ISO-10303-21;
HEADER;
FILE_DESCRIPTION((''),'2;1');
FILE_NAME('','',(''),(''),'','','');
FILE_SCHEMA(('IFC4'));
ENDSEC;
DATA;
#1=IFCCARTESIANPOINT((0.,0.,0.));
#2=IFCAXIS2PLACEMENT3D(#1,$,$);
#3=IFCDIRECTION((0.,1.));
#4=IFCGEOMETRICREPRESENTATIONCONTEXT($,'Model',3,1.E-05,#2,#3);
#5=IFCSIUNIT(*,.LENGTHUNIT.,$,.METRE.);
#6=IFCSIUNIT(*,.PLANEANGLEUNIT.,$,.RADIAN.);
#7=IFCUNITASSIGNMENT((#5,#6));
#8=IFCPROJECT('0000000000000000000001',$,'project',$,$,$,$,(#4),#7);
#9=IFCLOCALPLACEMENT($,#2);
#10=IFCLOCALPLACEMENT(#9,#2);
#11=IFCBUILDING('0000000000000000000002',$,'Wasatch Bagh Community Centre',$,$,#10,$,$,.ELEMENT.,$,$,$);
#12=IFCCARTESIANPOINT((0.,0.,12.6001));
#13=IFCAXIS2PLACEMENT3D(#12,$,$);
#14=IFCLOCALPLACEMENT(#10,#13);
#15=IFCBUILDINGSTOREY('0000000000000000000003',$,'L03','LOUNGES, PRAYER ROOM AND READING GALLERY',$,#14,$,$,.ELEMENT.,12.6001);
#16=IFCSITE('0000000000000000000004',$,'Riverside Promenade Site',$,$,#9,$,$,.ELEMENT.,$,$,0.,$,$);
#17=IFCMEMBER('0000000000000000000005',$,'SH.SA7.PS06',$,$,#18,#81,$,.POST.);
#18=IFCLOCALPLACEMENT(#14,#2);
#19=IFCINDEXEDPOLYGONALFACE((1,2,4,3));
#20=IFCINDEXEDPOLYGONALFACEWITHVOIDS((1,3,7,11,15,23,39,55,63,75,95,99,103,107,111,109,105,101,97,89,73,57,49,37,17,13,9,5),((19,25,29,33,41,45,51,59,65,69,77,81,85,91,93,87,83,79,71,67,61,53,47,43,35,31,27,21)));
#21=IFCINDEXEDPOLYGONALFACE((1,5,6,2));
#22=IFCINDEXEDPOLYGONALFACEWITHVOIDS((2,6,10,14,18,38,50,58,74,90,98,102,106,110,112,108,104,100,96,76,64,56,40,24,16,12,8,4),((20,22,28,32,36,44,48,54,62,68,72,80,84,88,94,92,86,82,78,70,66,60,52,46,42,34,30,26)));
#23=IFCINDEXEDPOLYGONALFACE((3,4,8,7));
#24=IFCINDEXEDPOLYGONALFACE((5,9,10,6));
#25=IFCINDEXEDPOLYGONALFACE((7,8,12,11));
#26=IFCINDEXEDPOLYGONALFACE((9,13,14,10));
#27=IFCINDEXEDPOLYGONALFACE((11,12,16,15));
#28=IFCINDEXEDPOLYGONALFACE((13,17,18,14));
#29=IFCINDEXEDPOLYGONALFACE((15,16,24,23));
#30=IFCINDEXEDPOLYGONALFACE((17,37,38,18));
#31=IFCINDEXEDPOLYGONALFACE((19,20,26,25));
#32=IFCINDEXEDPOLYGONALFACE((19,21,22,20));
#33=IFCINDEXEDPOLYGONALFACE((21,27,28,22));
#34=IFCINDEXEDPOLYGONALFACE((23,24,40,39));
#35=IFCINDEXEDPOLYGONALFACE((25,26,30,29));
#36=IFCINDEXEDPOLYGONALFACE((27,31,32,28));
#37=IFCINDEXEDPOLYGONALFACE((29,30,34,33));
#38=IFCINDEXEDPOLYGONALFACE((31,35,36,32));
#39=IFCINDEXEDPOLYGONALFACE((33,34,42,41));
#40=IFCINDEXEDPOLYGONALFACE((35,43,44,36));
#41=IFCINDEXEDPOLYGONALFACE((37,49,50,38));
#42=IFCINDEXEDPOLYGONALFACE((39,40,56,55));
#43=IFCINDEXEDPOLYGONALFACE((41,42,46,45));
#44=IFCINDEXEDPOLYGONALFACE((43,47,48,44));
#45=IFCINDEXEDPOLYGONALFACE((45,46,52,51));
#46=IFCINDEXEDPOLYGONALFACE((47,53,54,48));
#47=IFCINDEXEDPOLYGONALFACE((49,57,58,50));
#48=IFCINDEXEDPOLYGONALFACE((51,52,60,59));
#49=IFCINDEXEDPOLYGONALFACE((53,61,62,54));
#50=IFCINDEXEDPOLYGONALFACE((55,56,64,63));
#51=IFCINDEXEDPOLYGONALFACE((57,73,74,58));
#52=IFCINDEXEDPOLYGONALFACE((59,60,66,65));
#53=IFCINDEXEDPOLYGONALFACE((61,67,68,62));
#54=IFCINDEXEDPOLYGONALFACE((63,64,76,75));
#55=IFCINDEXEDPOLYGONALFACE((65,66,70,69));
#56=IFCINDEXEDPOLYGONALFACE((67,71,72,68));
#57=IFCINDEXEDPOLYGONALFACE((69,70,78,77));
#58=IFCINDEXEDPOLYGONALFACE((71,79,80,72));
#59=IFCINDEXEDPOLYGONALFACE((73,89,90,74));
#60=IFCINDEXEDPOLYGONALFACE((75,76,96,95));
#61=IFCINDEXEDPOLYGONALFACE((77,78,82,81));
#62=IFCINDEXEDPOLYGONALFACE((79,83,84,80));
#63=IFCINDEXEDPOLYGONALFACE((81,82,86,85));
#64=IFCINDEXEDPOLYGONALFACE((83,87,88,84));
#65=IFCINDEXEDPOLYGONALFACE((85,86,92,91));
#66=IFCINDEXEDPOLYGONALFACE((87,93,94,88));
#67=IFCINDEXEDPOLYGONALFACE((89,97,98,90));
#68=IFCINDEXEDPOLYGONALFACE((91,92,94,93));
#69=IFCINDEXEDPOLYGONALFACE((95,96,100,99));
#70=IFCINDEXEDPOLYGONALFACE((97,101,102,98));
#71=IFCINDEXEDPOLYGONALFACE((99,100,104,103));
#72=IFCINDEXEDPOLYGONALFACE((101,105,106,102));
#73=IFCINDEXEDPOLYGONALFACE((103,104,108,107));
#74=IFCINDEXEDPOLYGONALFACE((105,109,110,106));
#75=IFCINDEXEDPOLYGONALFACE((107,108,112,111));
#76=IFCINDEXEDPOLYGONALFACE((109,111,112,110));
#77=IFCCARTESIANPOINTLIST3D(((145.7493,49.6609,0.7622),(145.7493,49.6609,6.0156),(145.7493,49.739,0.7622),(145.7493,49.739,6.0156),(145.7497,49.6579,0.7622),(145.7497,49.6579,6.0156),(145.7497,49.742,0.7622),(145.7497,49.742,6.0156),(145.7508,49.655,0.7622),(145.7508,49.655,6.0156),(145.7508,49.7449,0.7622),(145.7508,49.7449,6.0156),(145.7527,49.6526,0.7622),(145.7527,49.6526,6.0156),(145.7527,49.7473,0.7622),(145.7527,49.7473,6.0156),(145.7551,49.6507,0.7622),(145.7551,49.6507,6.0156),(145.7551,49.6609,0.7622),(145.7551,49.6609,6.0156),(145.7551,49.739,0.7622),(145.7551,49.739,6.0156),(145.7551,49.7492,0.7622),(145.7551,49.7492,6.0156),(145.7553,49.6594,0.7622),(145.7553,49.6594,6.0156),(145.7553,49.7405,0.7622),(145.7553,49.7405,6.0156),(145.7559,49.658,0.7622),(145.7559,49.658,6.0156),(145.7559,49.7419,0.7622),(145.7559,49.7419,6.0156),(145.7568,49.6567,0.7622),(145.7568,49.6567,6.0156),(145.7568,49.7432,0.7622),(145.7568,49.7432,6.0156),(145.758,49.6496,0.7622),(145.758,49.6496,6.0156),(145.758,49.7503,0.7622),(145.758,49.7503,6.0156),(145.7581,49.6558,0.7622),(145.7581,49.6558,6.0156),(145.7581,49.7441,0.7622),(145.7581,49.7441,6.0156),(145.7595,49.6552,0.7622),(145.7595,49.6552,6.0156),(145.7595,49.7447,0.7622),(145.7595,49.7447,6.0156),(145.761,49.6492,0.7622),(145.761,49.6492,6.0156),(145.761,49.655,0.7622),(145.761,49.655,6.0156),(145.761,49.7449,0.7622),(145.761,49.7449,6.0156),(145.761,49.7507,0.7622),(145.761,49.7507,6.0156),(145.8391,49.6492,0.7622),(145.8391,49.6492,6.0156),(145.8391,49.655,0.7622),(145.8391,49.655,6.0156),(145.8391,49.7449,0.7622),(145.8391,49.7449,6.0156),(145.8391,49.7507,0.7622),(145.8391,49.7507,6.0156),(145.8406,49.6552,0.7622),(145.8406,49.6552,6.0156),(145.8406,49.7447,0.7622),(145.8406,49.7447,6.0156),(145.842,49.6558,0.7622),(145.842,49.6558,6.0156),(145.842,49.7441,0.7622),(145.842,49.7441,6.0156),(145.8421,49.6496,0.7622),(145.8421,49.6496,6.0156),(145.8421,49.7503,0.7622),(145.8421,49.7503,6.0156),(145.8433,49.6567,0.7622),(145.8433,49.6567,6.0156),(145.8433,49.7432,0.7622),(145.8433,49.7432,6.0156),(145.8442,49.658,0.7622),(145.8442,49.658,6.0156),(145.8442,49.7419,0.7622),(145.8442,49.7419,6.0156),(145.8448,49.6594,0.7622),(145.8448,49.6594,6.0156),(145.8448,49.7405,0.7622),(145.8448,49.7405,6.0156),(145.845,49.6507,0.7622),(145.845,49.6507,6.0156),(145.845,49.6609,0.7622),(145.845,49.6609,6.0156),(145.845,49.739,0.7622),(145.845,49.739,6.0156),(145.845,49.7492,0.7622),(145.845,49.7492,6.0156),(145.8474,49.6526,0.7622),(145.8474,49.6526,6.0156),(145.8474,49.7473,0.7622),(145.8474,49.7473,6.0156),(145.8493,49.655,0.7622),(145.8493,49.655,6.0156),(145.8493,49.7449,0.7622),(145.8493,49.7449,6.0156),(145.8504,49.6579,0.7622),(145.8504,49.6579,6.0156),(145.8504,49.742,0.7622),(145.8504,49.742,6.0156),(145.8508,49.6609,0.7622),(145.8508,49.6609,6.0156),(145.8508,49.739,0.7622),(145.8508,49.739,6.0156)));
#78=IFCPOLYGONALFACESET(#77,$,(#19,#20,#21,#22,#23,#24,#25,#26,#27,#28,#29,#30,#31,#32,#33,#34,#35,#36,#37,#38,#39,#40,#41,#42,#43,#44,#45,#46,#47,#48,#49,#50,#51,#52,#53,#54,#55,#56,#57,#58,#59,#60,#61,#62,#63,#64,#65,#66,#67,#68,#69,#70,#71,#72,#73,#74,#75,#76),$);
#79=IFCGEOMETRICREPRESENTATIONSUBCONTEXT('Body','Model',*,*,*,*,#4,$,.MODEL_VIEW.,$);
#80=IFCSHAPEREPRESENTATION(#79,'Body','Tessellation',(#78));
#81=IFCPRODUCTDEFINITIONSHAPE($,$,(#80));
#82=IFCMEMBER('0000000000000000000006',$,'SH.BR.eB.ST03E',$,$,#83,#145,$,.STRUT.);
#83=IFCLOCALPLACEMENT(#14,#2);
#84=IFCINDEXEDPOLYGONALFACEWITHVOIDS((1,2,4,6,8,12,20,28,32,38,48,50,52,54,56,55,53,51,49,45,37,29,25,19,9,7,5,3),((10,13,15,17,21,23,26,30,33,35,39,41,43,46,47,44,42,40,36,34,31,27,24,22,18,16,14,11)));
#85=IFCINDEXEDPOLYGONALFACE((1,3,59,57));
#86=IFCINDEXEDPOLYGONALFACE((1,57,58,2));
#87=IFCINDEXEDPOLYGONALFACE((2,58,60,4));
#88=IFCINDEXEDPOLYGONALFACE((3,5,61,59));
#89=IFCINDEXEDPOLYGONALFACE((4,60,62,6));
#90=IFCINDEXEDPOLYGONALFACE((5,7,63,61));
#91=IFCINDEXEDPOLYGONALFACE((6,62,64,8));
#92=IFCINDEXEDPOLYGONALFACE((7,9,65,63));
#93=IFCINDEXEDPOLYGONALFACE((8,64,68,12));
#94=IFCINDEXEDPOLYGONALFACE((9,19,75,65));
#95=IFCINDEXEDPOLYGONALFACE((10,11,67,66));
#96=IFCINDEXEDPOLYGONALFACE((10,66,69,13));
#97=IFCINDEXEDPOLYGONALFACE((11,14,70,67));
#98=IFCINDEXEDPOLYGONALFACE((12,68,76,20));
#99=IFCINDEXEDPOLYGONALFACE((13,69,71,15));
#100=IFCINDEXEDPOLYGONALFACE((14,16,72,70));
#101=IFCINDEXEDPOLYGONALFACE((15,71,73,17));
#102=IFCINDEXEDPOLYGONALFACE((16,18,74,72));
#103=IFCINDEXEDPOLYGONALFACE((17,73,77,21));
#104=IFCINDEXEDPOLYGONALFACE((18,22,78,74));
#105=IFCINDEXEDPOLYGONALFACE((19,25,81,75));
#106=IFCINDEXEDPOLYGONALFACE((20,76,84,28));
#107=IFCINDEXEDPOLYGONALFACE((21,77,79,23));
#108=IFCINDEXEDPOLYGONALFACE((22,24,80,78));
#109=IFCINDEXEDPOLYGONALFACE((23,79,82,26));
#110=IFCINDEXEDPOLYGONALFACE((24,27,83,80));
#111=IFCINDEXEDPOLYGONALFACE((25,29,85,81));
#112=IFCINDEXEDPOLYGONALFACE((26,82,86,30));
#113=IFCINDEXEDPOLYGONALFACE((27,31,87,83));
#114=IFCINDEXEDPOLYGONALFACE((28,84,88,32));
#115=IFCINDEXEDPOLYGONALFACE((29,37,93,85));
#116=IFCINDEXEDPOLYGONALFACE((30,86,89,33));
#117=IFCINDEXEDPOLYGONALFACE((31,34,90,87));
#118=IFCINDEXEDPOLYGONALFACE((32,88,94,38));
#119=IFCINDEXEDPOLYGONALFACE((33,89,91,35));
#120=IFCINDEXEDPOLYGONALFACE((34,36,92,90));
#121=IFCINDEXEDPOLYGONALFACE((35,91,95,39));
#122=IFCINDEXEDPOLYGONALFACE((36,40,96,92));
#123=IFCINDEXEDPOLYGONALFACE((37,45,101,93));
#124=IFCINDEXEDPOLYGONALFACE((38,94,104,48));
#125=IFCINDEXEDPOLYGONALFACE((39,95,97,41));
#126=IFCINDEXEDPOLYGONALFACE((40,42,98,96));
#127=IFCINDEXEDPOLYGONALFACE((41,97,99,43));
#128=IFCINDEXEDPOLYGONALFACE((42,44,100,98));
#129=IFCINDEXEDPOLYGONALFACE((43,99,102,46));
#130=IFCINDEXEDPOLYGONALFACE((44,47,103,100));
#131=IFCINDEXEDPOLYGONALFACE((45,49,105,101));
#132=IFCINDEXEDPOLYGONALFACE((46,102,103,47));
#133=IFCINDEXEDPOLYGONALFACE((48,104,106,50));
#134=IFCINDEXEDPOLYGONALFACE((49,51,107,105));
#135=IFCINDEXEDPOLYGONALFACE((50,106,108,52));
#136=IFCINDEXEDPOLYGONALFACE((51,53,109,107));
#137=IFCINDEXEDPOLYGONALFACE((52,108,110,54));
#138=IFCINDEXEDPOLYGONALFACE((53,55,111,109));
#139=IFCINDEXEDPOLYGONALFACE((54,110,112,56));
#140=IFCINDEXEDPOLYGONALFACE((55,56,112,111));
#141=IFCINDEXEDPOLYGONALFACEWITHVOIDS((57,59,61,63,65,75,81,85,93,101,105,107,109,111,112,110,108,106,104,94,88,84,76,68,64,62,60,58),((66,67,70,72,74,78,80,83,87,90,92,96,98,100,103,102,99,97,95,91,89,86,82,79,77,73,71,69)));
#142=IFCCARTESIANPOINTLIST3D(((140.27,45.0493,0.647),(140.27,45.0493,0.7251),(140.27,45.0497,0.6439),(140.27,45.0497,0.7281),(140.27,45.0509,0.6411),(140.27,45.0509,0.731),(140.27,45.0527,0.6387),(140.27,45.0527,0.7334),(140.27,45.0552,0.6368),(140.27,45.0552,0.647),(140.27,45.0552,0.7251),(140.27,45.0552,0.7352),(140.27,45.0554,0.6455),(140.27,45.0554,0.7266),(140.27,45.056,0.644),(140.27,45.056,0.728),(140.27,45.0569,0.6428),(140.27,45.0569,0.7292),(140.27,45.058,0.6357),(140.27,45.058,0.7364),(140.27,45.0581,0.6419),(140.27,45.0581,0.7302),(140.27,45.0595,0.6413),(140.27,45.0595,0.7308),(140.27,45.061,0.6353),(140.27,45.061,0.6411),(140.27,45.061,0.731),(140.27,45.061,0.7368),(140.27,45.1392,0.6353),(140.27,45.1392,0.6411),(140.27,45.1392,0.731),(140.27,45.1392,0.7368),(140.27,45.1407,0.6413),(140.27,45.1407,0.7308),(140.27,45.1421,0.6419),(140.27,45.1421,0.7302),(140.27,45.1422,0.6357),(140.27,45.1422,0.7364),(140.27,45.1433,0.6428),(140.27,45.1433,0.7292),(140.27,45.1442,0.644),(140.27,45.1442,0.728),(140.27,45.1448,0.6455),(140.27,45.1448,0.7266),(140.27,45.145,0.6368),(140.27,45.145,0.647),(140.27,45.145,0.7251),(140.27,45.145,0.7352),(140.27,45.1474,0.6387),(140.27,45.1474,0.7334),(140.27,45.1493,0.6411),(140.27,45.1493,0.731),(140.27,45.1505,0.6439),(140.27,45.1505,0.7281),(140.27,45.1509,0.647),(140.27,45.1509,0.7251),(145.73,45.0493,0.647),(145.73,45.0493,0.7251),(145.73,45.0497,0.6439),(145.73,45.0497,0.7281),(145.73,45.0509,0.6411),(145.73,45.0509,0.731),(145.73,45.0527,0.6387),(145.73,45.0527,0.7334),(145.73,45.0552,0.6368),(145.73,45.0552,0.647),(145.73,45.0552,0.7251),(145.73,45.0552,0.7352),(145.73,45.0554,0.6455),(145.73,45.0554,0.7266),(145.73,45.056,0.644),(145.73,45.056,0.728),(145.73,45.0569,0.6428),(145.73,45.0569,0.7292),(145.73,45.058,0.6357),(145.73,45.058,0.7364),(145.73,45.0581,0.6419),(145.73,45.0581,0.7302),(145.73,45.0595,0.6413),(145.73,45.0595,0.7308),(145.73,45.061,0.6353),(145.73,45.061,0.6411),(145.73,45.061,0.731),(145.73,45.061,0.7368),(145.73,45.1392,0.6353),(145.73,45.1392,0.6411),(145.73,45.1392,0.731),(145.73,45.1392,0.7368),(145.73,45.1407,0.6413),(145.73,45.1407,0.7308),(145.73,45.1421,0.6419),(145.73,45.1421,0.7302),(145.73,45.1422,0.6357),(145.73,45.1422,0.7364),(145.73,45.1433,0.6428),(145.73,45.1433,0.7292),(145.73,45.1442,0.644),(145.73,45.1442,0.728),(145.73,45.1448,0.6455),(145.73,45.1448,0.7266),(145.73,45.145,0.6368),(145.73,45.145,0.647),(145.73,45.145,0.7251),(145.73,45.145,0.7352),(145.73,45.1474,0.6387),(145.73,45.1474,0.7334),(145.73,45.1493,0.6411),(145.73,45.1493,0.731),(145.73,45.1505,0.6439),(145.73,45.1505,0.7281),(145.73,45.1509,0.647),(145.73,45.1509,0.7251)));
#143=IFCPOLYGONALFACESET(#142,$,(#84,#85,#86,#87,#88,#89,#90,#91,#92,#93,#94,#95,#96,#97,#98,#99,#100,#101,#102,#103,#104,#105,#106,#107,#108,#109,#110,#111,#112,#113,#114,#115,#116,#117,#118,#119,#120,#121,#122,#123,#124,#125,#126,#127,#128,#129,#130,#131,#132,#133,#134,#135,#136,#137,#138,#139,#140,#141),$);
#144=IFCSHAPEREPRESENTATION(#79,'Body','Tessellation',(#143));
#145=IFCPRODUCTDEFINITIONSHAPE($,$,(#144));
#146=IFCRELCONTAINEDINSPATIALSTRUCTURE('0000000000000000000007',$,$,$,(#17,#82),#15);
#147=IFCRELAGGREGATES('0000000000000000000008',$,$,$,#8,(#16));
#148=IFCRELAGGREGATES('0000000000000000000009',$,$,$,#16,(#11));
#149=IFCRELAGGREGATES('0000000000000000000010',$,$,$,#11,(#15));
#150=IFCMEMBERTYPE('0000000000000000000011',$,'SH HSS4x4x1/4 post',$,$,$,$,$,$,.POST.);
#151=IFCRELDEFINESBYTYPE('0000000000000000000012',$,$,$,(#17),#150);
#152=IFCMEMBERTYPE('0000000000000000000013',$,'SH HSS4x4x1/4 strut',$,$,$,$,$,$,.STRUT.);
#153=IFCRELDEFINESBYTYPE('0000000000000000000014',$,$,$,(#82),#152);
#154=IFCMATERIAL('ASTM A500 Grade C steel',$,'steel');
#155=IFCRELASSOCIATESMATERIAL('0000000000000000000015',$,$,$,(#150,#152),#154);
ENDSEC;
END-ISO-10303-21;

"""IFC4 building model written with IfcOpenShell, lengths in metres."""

from ifc_helpers import new_model, si_unit, direction, frame, origin, origin_2d, place, context, subcontext, project, spatial, hollow_rectangle, extrude, material, material_profile, profile_set, type_object, element, save


model = new_model("IFC4")

# Units and contexts
model_context = context("Model", 3, precision=1e-05, world=origin(), true_north=direction((0.0, 1.0)))
body_context = subcontext(model_context, "Body", "Model", "MODEL_VIEW")
ifc_project = project(units=[si_unit("LENGTHUNIT", "METRE"), si_unit("PLANEANGLEUNIT", "RADIAN")], contexts=[model_context])

# Site, building, storey
site_placement = place(None, origin())
site = spatial("IfcSite", under=ifc_project, at=site_placement, Name="Riverside Promenade Site", CompositionType="ELEMENT", RefElevation=0.0)
building_placement = place(site_placement, origin())
building = spatial("IfcBuilding", under=site, at=building_placement, Name="Wasatch Bagh Community Centre", CompositionType="ELEMENT")
storey_placement = place(building_placement, frame((0.0, 0.0, 12.6001)))
storey = spatial("IfcBuildingStorey", under=building, at=storey_placement, Name="L03", Description="LOUNGES, PRAYER ROOM AND READING GALLERY", CompositionType="ELEMENT", Elevation=12.6001)

# Members
ifc_material_1 = material(Name="ASTM A500 Grade C steel", Category="steel")
ifc_material_profile_1 = material_profile(ifc_material_1, hollow_rectangle(XDim=0.1016, YDim=0.1016, WallThickness=0.0059, InnerFilletRadius=0.0059, OuterFilletRadius=0.0117, at=origin_2d()), Name="HSS4x4x1/4")
ifc_profile_set_1 = profile_set([ifc_material_profile_1], Name="ASTM A500 Grade C steel")
member_type_1 = type_object("IfcMemberType", Name="SH HSS4x4x1/4 post", PredefinedType="POST", material=ifc_profile_set_1)
member_1_placement = place(storey_placement, frame((145.8, 49.7, 0.7622), z_axis=(0.0, 0.0, 1.0), x_axis=(1.0, 0.0, 0.0)))
element("IfcMember", 1, at=member_1_placement, inside=storey, type_object=member_type_1, Name="SH.SA7.PS06", PredefinedType="POST", context=body_context, shape_type="SweptSolid", body=[
    extrude(hollow_rectangle(XDim=0.1016, YDim=0.1016, WallThickness=0.0059, InnerFilletRadius=0.0059, OuterFilletRadius=0.0117, at=origin_2d()), origin(), (0.0, 0.0, 1.0), 5.2534),
])
ifc_material_profile_2 = material_profile(ifc_material_1, hollow_rectangle(XDim=0.1016, YDim=0.1016, WallThickness=0.0059, InnerFilletRadius=0.0059, OuterFilletRadius=0.0117, at=origin_2d()), Name="HSS4x4x1/4")
ifc_profile_set_2 = profile_set([ifc_material_profile_2], Name="ASTM A500 Grade C steel")
member_type_2 = type_object("IfcMemberType", Name="SH HSS4x4x1/4 strut", PredefinedType="STRUT", material=ifc_profile_set_2)
for number, where, z_axis, x_axis, name in (
    (2, (140.27, 45.1001, 0.686), (1.0, 0.0, 0.0), (0.0, 1.0, 0.0), "SH.BR.eB.ST03E"),
):
    element("IfcMember", number, at=place(storey_placement, frame(where, z_axis=z_axis, x_axis=x_axis)), inside=storey, type_object=member_type_2, Name=name, PredefinedType="STRUT", context=body_context, shape_type="SweptSolid", body=[
        extrude(hollow_rectangle(XDim=0.1016, YDim=0.1016, WallThickness=0.0059, InnerFilletRadius=0.0059, OuterFilletRadius=0.0117, at=origin_2d()), origin(), (0.0, 0.0, 1.0), 5.46),
    ])

save(model, "model.ifc")
